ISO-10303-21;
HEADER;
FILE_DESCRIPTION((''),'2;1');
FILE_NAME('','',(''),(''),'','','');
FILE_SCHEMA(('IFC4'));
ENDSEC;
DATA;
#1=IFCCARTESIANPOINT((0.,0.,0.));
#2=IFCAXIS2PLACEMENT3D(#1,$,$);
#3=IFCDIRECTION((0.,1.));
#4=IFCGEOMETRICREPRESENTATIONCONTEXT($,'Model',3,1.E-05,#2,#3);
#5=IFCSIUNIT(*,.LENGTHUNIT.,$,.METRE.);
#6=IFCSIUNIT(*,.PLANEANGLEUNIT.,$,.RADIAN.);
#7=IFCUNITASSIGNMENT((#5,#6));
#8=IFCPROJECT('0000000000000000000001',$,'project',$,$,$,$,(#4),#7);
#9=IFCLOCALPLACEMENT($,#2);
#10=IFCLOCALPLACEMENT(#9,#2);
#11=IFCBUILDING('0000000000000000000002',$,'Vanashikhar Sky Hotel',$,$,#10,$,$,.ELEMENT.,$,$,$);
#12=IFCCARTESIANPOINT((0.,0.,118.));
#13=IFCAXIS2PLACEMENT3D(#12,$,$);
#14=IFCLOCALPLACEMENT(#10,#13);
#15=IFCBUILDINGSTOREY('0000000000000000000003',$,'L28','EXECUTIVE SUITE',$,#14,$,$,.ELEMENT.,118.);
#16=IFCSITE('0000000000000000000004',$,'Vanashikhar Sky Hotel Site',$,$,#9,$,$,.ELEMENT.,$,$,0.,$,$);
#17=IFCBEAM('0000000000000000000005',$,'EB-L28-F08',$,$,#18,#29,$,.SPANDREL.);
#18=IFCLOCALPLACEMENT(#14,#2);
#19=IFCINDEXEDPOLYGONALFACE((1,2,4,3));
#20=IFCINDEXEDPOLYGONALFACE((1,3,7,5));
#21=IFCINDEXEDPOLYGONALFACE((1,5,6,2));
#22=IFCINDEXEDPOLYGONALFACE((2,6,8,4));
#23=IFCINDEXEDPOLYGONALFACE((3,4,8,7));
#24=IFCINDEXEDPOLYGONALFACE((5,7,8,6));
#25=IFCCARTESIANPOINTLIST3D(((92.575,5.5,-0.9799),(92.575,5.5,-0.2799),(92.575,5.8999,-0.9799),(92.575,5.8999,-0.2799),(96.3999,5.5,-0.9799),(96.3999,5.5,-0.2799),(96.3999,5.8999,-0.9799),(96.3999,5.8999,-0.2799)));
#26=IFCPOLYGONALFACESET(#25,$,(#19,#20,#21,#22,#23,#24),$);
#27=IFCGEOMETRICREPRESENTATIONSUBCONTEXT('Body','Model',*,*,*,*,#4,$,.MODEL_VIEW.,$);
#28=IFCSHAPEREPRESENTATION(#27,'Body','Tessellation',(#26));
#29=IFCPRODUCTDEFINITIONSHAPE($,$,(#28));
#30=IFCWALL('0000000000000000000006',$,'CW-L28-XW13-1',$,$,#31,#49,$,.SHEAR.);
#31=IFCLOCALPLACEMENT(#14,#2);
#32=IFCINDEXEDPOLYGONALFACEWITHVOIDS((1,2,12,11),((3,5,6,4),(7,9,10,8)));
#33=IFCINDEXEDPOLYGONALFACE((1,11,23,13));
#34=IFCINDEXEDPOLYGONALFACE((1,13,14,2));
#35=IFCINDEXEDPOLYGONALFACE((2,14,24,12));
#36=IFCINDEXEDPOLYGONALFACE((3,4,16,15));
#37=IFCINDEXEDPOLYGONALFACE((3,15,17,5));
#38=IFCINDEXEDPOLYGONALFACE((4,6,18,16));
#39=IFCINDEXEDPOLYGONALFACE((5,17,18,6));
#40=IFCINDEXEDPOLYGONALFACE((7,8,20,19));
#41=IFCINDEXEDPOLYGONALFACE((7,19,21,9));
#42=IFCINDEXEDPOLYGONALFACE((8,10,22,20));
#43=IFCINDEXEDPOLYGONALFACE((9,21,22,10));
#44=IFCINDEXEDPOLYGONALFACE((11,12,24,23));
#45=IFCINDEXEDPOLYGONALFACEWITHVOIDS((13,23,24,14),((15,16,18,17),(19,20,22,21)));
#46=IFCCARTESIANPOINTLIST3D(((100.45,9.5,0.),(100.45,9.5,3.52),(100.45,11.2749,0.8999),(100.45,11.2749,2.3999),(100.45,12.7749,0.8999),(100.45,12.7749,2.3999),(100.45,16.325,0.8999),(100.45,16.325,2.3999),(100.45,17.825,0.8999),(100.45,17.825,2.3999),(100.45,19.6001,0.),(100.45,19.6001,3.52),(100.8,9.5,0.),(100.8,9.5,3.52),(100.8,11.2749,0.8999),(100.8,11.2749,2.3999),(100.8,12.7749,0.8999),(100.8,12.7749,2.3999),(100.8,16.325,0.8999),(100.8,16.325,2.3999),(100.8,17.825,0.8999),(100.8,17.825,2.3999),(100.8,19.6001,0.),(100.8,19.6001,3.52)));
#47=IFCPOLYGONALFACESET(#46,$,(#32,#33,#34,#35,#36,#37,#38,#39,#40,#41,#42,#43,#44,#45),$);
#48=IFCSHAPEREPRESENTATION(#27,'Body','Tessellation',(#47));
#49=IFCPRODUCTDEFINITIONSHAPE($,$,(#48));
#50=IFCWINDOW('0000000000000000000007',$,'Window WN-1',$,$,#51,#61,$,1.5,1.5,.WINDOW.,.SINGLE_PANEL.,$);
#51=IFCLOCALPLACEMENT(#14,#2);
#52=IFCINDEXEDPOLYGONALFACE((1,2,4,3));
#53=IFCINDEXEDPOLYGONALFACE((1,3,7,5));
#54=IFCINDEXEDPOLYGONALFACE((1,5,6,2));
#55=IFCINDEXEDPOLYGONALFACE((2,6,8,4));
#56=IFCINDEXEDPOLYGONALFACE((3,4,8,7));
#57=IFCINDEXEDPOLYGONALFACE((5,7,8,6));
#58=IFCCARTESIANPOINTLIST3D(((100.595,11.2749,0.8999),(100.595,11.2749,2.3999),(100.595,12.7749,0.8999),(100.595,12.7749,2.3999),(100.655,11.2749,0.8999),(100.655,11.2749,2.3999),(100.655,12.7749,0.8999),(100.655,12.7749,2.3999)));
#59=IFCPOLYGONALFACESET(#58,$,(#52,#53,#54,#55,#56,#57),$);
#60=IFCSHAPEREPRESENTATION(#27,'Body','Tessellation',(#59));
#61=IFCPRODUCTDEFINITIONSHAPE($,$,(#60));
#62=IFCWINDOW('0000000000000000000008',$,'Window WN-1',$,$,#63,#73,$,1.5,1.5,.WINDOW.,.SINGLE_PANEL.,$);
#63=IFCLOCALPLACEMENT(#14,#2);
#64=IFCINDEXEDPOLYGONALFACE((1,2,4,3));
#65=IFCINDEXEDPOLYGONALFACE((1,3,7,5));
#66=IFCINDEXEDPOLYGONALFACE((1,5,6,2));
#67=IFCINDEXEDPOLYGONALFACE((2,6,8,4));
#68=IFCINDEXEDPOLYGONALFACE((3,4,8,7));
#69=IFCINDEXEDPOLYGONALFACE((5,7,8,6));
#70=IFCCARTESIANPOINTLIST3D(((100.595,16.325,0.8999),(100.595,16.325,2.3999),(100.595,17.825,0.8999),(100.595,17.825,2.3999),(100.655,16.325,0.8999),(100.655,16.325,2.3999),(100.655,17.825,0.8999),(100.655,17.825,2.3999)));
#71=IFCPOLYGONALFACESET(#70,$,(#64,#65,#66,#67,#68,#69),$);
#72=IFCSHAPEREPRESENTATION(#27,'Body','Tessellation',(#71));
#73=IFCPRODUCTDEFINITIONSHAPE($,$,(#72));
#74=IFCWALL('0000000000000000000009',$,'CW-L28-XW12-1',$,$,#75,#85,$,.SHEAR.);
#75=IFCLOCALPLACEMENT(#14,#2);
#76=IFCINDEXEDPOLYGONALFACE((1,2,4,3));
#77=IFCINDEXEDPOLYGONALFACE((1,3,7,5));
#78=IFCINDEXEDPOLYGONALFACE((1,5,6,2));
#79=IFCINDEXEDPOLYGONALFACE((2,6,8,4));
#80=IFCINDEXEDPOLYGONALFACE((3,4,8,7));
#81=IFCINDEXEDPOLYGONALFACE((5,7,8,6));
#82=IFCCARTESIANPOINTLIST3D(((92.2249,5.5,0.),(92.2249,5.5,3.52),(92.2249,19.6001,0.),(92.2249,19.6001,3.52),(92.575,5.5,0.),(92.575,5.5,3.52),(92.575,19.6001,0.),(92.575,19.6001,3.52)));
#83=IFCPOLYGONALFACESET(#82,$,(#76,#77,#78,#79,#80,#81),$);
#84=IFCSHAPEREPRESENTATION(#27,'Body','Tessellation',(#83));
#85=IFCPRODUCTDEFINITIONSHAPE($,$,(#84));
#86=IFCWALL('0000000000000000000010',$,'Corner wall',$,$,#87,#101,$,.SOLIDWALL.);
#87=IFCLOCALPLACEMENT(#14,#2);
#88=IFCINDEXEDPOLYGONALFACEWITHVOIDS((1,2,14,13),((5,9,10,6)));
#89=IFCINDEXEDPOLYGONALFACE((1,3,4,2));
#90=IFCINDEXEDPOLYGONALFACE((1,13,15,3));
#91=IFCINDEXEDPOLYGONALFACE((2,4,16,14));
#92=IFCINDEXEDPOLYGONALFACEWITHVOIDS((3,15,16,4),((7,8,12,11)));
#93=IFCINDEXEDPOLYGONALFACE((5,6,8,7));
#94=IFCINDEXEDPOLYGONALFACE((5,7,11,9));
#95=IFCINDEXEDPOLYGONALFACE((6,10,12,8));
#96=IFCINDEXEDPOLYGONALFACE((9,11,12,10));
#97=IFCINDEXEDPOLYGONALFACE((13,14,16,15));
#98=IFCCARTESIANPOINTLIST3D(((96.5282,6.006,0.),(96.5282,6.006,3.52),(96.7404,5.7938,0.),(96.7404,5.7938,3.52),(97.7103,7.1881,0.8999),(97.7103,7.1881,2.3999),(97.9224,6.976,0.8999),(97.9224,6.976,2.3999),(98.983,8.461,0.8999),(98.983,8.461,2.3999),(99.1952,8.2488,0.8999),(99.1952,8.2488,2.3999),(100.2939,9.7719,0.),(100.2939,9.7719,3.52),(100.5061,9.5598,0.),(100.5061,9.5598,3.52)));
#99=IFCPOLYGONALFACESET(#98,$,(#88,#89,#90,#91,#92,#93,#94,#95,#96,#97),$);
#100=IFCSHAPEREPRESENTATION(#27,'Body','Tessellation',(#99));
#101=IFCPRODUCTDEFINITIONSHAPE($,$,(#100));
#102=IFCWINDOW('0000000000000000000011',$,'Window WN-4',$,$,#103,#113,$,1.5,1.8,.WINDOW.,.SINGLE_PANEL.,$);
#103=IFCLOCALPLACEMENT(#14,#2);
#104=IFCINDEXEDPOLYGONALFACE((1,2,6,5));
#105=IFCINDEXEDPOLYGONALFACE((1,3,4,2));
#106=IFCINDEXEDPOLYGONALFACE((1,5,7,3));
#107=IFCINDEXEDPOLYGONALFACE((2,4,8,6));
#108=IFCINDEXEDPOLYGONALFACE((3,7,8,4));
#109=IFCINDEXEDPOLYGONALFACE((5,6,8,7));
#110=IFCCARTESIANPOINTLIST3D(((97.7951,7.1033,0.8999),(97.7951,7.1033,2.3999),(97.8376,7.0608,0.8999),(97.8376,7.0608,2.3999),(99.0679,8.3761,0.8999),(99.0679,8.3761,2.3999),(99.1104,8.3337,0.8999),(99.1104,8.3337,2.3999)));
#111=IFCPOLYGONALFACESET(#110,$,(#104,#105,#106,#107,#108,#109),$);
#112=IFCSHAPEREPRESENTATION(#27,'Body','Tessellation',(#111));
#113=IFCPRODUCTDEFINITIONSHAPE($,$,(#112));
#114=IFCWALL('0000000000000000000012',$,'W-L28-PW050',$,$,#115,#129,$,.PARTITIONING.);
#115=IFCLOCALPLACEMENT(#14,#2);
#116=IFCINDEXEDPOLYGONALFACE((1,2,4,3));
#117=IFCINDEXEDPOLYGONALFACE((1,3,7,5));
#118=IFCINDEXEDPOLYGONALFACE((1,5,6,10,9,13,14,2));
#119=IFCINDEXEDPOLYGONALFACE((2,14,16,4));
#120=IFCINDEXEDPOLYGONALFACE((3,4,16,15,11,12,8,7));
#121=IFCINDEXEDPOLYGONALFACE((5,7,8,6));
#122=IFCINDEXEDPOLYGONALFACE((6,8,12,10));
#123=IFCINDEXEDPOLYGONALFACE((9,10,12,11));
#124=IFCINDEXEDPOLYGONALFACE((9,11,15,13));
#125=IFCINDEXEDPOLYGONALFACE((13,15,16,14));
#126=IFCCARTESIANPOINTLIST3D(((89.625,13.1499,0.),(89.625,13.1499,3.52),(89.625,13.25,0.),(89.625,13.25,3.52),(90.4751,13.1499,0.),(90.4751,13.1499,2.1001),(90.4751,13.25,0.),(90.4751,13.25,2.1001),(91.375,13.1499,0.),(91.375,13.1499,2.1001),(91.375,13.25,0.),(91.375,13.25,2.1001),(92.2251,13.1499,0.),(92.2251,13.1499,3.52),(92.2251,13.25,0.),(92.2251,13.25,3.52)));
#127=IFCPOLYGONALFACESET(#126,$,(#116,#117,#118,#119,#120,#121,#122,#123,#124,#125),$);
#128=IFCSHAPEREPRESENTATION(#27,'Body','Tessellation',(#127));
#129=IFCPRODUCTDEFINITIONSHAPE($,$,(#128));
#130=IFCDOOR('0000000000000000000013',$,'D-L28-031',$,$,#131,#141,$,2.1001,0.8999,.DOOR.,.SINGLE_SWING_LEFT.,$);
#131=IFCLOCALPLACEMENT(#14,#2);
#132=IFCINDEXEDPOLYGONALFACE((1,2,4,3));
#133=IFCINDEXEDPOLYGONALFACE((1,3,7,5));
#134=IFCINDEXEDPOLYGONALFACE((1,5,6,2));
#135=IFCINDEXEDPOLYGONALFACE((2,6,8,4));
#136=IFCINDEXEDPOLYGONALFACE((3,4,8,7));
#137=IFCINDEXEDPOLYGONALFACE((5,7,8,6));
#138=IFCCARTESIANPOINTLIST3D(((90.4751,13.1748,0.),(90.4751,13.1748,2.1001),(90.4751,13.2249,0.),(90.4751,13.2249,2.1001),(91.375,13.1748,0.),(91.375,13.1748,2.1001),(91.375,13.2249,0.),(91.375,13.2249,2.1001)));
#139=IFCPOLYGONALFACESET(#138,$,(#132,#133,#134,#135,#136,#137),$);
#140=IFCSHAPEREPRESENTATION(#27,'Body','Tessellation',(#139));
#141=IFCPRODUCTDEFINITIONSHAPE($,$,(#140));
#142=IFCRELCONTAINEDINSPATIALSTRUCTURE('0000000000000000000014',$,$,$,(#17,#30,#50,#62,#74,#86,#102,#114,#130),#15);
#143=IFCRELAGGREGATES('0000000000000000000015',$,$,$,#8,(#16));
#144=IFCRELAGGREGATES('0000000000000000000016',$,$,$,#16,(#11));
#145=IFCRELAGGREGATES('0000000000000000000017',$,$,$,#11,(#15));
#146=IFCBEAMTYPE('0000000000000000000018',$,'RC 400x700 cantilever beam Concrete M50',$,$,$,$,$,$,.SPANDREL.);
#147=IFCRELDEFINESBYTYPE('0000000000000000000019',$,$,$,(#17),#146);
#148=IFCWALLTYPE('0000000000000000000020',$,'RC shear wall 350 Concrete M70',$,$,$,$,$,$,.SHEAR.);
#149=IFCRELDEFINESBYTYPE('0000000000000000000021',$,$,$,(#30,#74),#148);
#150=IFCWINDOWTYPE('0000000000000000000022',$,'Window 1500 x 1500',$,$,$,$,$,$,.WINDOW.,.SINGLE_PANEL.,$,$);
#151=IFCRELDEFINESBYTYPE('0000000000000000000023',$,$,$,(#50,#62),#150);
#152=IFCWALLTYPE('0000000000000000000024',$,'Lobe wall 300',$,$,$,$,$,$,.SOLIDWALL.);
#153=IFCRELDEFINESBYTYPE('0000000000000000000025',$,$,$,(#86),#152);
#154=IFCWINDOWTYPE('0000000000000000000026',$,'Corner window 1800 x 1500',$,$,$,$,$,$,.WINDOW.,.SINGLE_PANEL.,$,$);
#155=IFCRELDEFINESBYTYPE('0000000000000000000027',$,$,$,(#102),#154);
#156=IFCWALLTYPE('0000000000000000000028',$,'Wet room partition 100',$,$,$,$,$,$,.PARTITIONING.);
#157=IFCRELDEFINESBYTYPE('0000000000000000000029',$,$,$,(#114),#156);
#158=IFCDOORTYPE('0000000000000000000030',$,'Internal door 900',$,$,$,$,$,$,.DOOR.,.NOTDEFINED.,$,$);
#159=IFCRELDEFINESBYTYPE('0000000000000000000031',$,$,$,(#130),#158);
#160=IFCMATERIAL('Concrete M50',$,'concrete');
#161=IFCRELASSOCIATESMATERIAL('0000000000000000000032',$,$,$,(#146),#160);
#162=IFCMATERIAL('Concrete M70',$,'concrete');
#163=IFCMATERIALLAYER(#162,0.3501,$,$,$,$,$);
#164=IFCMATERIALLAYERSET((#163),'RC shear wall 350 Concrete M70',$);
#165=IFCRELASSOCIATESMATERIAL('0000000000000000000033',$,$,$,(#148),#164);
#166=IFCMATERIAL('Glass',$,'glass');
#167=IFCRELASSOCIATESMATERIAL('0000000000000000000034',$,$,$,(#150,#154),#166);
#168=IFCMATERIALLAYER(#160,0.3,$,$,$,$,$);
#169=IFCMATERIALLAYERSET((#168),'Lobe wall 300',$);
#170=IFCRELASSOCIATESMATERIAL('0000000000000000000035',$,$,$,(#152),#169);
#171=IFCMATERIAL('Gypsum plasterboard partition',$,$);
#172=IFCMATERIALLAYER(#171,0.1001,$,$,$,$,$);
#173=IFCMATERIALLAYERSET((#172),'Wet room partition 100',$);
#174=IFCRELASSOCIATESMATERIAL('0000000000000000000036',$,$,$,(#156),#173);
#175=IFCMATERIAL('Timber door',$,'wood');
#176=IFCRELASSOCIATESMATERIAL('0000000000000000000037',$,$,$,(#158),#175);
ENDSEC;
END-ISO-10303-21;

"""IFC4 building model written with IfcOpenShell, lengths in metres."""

from ifc_helpers import new_model, si_unit, direction, frame, frame_2d, origin, origin_2d, place, context, subcontext, project, spatial, rectangle, extrude, source, transform, mapped, material, layer, layer_set, material_profile, profile_set, type_object, element, fill, save


model = new_model("IFC4")

# Units and contexts
model_context = context("Model", 3, precision=1e-05, world=origin(), true_north=direction((0.0, 1.0)))
body_context = subcontext(model_context, "Body", "Model", "MODEL_VIEW")
ifc_project = project(units=[si_unit("LENGTHUNIT", "METRE"), si_unit("PLANEANGLEUNIT", "RADIAN")], contexts=[model_context])

# Site, building, storey
site_placement = place(None, origin())
site = spatial("IfcSite", under=ifc_project, at=site_placement, Name="Vanashikhar Sky Hotel Site", CompositionType="ELEMENT", RefElevation=0.0)
building_placement = place(site_placement, origin())
building = spatial("IfcBuilding", under=site, at=building_placement, Name="Vanashikhar Sky Hotel", CompositionType="ELEMENT")
storey_placement = place(building_placement, frame((0.0, 0.0, 118.0)))
storey = spatial("IfcBuildingStorey", under=building, at=storey_placement, Name="L28", Description="EXECUTIVE SUITE", CompositionType="ELEMENT", Elevation=118.0)

# Beam
ifc_material_1 = material(Name="Concrete M50", Category="concrete")
ifc_material_profile = material_profile(ifc_material_1, rectangle(XDim=0.3999, YDim=0.7, at=origin_2d()))
ifc_profile_set = profile_set([ifc_material_profile], Name="RC 400x700 cantilever beam Concrete M50")
beam_type = type_object("IfcBeamType", Name="RC 400x700 cantilever beam Concrete M50", PredefinedType="SPANDREL", material=ifc_profile_set)
shared_shape_1 = source(origin(), body_context, "Body", "SweptSolid", [
    extrude(rectangle(XDim=0.3999, YDim=0.7, at=origin_2d()), origin(), (0.0, 0.0, 1.0), 3.825),
])
beam_placement = place(storey_placement, frame((92.575, 5.7, -0.6299), z_axis=(1.0, 0.0, 0.0), x_axis=(0.0, 1.0, 0.0)))
element("IfcBeam", 1, at=beam_placement, inside=storey, type_object=beam_type, Name="EB-L28-F08", PredefinedType="SPANDREL", context=body_context, shape_type="MappedRepresentation", body=[
    mapped(shared_shape_1, transform((0.0, 0.0, 0.0), scale=1.0)),
])

# Wall, openings, windows
ifc_material_2 = material(Name="Concrete M70", Category="concrete")
ifc_layer_1 = layer(ifc_material_2, 0.3501)
ifc_layer_set_1 = layer_set([ifc_layer_1], Name="RC shear wall 350 Concrete M70")
wall_type_1 = type_object("IfcWallType", Name="RC shear wall 350 Concrete M70", PredefinedType="SHEAR", material=ifc_layer_set_1)
shared_shape_2 = source(origin(), body_context, "Body", "SweptSolid", [
    extrude(rectangle(XDim=10.1001, YDim=0.3501, at=frame_2d((5.05, 0.0))), origin(), (0.0, 0.0, 1.0), 3.52),
])
wall_1_placement = place(storey_placement, frame((100.625, 9.5, 0.0), z_axis=(0.0, 0.0, 1.0), x_axis=(0.0, 1.0, 0.0)))
wall_1 = element("IfcWall", 2, at=wall_1_placement, inside=storey, type_object=wall_type_1, Name="CW-L28-XW13-1", PredefinedType="SHEAR", context=body_context, shape_type="MappedRepresentation", body=[
    mapped(shared_shape_2, transform((0.0, 0.0, 0.0), scale=1.0)),
])
shared_shape_3 = source(origin(), body_context, "Body", "SweptSolid", [
    extrude(rectangle(XDim=1.5, YDim=1.5, at=frame_2d((0.75, 0.75))), frame((0.0, 0.1851, 0.0), z_axis=(0.0, -1.0, 0.0), x_axis=(1.0, 0.0, 0.0)), (0.0, 0.0, 1.0), 0.3701),
])
opening_1_placement = place(wall_1_placement, frame((1.7749, 0.0, 0.8999)))
opening_1 = element("IfcOpeningElement", 3, at=opening_1_placement, cuts=wall_1, PredefinedType="OPENING", context=body_context, shape_type="MappedRepresentation", body=[
    mapped(shared_shape_3, transform((0.0, 0.0, 0.0), scale=1.0)),
])
opening_2_placement = place(wall_1_placement, frame((6.825, 0.0, 0.8999)))
opening_2 = element("IfcOpeningElement", 4, at=opening_2_placement, cuts=wall_1, PredefinedType="OPENING", context=body_context, shape_type="MappedRepresentation", body=[
    mapped(shared_shape_3, transform((0.0, 0.0, 0.0), scale=1.0)),
])
ifc_material_3 = material(Name="Glass", Category="glass")
window_type_1 = type_object("IfcWindowType", Name="Window 1500 x 1500", PartitioningType="SINGLE_PANEL", PredefinedType="WINDOW", material=ifc_material_3)
shared_shape_4 = source(origin(), body_context, "Body", "SweptSolid", [
    extrude(rectangle(XDim=1.5, YDim=1.5, at=frame_2d((0.75, 0.75))), frame((0.0, 0.03, 0.0), z_axis=(0.0, -1.0, 0.0), x_axis=(1.0, 0.0, 0.0)), (0.0, 0.0, 1.0), 0.0601),
])
window_1_placement = place(opening_1_placement, origin())
window_1 = element("IfcWindow", 5, at=window_1_placement, inside=storey, type_object=window_type_1, Name="Window WN-1", OverallHeight=1.5, OverallWidth=1.5, PartitioningType="SINGLE_PANEL", PredefinedType="WINDOW", context=body_context, shape_type="MappedRepresentation", body=[
    mapped(shared_shape_4, transform((0.0, 0.0, 0.0), scale=1.0)),
])
fill(opening_1, window_1)
window_2_placement = place(opening_2_placement, origin())
window_2 = element("IfcWindow", 6, at=window_2_placement, inside=storey, type_object=window_type_1, Name="Window WN-1", OverallHeight=1.5, OverallWidth=1.5, PartitioningType="SINGLE_PANEL", PredefinedType="WINDOW", context=body_context, shape_type="MappedRepresentation", body=[
    mapped(shared_shape_4, transform((0.0, 0.0, 0.0), scale=1.0)),
])
fill(opening_2, window_2)

# Wall
shared_shape_5 = source(origin(), body_context, "Body", "SweptSolid", [
    extrude(rectangle(XDim=14.1001, YDim=0.3501, at=frame_2d((7.05, 0.0))), origin(), (0.0, 0.0, 1.0), 3.52),
])
wall_2_placement = place(storey_placement, frame((92.3999, 5.5, 0.0), z_axis=(0.0, 0.0, 1.0), x_axis=(0.0, 1.0, 0.0)))
element("IfcWall", 7, at=wall_2_placement, inside=storey, type_object=wall_type_1, Name="CW-L28-XW12-1", PredefinedType="SHEAR", context=body_context, shape_type="MappedRepresentation", body=[
    mapped(shared_shape_5, transform((0.0, 0.0, 0.0), scale=1.0)),
])

# Wall, opening, window
ifc_layer_2 = layer(ifc_material_1, 0.3)
ifc_layer_set_2 = layer_set([ifc_layer_2], Name="Lobe wall 300")
wall_type_2 = type_object("IfcWallType", Name="Lobe wall 300", PredefinedType="SOLIDWALL", material=ifc_layer_set_2)
shared_shape_6 = source(origin(), body_context, "Body", "SweptSolid", [
    extrude(rectangle(XDim=5.3257, YDim=0.3, at=frame_2d((2.6628, 0.0))), origin(), (0.0, 0.0, 1.0), 3.52),
])
wall_3_placement = place(storey_placement, frame((96.6343, 5.8999, 0.0), z_axis=(0.0, 0.0, 1.0), x_axis=(0.707084, 0.70713, 0.0)))
wall_3 = element("IfcWall", 8, at=wall_3_placement, inside=storey, type_object=wall_type_2, Name="Corner wall", PredefinedType="SOLIDWALL", context=body_context, shape_type="MappedRepresentation", body=[
    mapped(shared_shape_6, transform((0.0, 0.0, 0.0), scale=1.0)),
])
shared_shape_7 = source(origin(), body_context, "Body", "SweptSolid", [
    extrude(rectangle(XDim=1.8, YDim=1.5, at=frame_2d((0.8999, 0.75))), frame((0.0, 0.1602, 0.0), z_axis=(0.0, -1.0, 0.0), x_axis=(1.0, 0.0, 0.0)), (0.0, 0.0, 1.0), 0.3201),
])
opening_3_placement = place(wall_3_placement, frame((1.6719, 0.0, 0.8999)))
opening_3 = element("IfcOpeningElement", 9, at=opening_3_placement, cuts=wall_3, PredefinedType="OPENING", context=body_context, shape_type="MappedRepresentation", body=[
    mapped(shared_shape_7, transform((0.0, 0.0, 0.0), scale=1.0)),
])
window_type_2 = type_object("IfcWindowType", Name="Corner window 1800 x 1500", PartitioningType="SINGLE_PANEL", PredefinedType="WINDOW", material=ifc_material_3)
shared_shape_8 = source(origin(), body_context, "Body", "SweptSolid", [
    extrude(rectangle(XDim=1.8, YDim=1.5, at=frame_2d((0.8999, 0.75))), frame((0.0, 0.03, 0.0), z_axis=(0.0, -1.0, 0.0), x_axis=(1.0, 0.0, 0.0)), (0.0, 0.0, 1.0), 0.0601),
])
window_3_placement = place(opening_3_placement, origin())
window_3 = element("IfcWindow", 10, at=window_3_placement, inside=storey, type_object=window_type_2, Name="Window WN-4", OverallHeight=1.5, OverallWidth=1.8, PartitioningType="SINGLE_PANEL", PredefinedType="WINDOW", context=body_context, shape_type="MappedRepresentation", body=[
    mapped(shared_shape_8, transform((0.0, 0.0, 0.0), scale=1.0)),
])
fill(opening_3, window_3)

# Wall, opening, door
ifc_material_4 = material(Name="Gypsum plasterboard partition")
ifc_layer_3 = layer(ifc_material_4, 0.1001)
ifc_layer_set_3 = layer_set([ifc_layer_3], Name="Wet room partition 100")
wall_type_3 = type_object("IfcWallType", Name="Wet room partition 100", PredefinedType="PARTITIONING", material=ifc_layer_set_3)
shared_shape_9 = source(origin(), body_context, "Body", "SweptSolid", [
    extrude(rectangle(XDim=2.6001, YDim=0.1001, at=frame_2d((1.3, 0.0))), origin(), (0.0, 0.0, 1.0), 3.52),
])
wall_4_placement = place(storey_placement, frame((89.625, 13.2, 0.0), z_axis=(0.0, 0.0, 1.0), x_axis=(1.0, 0.0, 0.0)))
wall_4 = element("IfcWall", 11, at=wall_4_placement, inside=storey, type_object=wall_type_3, Name="W-L28-PW050", PredefinedType="PARTITIONING", context=body_context, shape_type="MappedRepresentation", body=[
    mapped(shared_shape_9, transform((0.0, 0.0, 0.0), scale=1.0)),
])
shared_shape_10 = source(origin(), body_context, "Body", "SweptSolid", [
    extrude(rectangle(XDim=0.8999, YDim=2.1001, at=frame_2d((0.45, 1.05))), frame((0.0, 0.0601, 0.0), z_axis=(0.0, -1.0, 0.0), x_axis=(1.0, 0.0, 0.0)), (0.0, 0.0, 1.0), 0.1201),
])
opening_4_placement = place(wall_4_placement, frame((0.8501, 0.0, 0.0)))
opening_4 = element("IfcOpeningElement", 12, at=opening_4_placement, cuts=wall_4, PredefinedType="OPENING", context=body_context, shape_type="MappedRepresentation", body=[
    mapped(shared_shape_10, transform((0.0, 0.0, 0.0), scale=1.0)),
])
ifc_material_5 = material(Name="Timber door", Category="wood")
door_type_1 = type_object("IfcDoorType", Name="Internal door 900", OperationType="NOTDEFINED", PredefinedType="DOOR", material=ifc_material_5)
shared_shape_11 = source(origin(), body_context, "Body", "SweptSolid", [
    extrude(rectangle(XDim=0.8999, YDim=2.1001, at=frame_2d((0.45, 1.05))), frame((0.0, 0.0249, 0.0), z_axis=(0.0, -1.0, 0.0), x_axis=(1.0, 0.0, 0.0)), (0.0, 0.0, 1.0), 0.05),
])
door_1_placement = place(opening_4_placement, origin())
door_1 = element("IfcDoor", 13, at=door_1_placement, inside=storey, type_object=door_type_1, Name="D-L28-031", OperationType="SINGLE_SWING_LEFT", OverallHeight=2.1001, OverallWidth=0.8999, PredefinedType="DOOR", context=body_context, shape_type="MappedRepresentation", body=[
    mapped(shared_shape_11, transform((0.0, 0.0, 0.0), scale=1.0)),
])
fill(opening_4, door_1)

save(model, "model.ifc")
